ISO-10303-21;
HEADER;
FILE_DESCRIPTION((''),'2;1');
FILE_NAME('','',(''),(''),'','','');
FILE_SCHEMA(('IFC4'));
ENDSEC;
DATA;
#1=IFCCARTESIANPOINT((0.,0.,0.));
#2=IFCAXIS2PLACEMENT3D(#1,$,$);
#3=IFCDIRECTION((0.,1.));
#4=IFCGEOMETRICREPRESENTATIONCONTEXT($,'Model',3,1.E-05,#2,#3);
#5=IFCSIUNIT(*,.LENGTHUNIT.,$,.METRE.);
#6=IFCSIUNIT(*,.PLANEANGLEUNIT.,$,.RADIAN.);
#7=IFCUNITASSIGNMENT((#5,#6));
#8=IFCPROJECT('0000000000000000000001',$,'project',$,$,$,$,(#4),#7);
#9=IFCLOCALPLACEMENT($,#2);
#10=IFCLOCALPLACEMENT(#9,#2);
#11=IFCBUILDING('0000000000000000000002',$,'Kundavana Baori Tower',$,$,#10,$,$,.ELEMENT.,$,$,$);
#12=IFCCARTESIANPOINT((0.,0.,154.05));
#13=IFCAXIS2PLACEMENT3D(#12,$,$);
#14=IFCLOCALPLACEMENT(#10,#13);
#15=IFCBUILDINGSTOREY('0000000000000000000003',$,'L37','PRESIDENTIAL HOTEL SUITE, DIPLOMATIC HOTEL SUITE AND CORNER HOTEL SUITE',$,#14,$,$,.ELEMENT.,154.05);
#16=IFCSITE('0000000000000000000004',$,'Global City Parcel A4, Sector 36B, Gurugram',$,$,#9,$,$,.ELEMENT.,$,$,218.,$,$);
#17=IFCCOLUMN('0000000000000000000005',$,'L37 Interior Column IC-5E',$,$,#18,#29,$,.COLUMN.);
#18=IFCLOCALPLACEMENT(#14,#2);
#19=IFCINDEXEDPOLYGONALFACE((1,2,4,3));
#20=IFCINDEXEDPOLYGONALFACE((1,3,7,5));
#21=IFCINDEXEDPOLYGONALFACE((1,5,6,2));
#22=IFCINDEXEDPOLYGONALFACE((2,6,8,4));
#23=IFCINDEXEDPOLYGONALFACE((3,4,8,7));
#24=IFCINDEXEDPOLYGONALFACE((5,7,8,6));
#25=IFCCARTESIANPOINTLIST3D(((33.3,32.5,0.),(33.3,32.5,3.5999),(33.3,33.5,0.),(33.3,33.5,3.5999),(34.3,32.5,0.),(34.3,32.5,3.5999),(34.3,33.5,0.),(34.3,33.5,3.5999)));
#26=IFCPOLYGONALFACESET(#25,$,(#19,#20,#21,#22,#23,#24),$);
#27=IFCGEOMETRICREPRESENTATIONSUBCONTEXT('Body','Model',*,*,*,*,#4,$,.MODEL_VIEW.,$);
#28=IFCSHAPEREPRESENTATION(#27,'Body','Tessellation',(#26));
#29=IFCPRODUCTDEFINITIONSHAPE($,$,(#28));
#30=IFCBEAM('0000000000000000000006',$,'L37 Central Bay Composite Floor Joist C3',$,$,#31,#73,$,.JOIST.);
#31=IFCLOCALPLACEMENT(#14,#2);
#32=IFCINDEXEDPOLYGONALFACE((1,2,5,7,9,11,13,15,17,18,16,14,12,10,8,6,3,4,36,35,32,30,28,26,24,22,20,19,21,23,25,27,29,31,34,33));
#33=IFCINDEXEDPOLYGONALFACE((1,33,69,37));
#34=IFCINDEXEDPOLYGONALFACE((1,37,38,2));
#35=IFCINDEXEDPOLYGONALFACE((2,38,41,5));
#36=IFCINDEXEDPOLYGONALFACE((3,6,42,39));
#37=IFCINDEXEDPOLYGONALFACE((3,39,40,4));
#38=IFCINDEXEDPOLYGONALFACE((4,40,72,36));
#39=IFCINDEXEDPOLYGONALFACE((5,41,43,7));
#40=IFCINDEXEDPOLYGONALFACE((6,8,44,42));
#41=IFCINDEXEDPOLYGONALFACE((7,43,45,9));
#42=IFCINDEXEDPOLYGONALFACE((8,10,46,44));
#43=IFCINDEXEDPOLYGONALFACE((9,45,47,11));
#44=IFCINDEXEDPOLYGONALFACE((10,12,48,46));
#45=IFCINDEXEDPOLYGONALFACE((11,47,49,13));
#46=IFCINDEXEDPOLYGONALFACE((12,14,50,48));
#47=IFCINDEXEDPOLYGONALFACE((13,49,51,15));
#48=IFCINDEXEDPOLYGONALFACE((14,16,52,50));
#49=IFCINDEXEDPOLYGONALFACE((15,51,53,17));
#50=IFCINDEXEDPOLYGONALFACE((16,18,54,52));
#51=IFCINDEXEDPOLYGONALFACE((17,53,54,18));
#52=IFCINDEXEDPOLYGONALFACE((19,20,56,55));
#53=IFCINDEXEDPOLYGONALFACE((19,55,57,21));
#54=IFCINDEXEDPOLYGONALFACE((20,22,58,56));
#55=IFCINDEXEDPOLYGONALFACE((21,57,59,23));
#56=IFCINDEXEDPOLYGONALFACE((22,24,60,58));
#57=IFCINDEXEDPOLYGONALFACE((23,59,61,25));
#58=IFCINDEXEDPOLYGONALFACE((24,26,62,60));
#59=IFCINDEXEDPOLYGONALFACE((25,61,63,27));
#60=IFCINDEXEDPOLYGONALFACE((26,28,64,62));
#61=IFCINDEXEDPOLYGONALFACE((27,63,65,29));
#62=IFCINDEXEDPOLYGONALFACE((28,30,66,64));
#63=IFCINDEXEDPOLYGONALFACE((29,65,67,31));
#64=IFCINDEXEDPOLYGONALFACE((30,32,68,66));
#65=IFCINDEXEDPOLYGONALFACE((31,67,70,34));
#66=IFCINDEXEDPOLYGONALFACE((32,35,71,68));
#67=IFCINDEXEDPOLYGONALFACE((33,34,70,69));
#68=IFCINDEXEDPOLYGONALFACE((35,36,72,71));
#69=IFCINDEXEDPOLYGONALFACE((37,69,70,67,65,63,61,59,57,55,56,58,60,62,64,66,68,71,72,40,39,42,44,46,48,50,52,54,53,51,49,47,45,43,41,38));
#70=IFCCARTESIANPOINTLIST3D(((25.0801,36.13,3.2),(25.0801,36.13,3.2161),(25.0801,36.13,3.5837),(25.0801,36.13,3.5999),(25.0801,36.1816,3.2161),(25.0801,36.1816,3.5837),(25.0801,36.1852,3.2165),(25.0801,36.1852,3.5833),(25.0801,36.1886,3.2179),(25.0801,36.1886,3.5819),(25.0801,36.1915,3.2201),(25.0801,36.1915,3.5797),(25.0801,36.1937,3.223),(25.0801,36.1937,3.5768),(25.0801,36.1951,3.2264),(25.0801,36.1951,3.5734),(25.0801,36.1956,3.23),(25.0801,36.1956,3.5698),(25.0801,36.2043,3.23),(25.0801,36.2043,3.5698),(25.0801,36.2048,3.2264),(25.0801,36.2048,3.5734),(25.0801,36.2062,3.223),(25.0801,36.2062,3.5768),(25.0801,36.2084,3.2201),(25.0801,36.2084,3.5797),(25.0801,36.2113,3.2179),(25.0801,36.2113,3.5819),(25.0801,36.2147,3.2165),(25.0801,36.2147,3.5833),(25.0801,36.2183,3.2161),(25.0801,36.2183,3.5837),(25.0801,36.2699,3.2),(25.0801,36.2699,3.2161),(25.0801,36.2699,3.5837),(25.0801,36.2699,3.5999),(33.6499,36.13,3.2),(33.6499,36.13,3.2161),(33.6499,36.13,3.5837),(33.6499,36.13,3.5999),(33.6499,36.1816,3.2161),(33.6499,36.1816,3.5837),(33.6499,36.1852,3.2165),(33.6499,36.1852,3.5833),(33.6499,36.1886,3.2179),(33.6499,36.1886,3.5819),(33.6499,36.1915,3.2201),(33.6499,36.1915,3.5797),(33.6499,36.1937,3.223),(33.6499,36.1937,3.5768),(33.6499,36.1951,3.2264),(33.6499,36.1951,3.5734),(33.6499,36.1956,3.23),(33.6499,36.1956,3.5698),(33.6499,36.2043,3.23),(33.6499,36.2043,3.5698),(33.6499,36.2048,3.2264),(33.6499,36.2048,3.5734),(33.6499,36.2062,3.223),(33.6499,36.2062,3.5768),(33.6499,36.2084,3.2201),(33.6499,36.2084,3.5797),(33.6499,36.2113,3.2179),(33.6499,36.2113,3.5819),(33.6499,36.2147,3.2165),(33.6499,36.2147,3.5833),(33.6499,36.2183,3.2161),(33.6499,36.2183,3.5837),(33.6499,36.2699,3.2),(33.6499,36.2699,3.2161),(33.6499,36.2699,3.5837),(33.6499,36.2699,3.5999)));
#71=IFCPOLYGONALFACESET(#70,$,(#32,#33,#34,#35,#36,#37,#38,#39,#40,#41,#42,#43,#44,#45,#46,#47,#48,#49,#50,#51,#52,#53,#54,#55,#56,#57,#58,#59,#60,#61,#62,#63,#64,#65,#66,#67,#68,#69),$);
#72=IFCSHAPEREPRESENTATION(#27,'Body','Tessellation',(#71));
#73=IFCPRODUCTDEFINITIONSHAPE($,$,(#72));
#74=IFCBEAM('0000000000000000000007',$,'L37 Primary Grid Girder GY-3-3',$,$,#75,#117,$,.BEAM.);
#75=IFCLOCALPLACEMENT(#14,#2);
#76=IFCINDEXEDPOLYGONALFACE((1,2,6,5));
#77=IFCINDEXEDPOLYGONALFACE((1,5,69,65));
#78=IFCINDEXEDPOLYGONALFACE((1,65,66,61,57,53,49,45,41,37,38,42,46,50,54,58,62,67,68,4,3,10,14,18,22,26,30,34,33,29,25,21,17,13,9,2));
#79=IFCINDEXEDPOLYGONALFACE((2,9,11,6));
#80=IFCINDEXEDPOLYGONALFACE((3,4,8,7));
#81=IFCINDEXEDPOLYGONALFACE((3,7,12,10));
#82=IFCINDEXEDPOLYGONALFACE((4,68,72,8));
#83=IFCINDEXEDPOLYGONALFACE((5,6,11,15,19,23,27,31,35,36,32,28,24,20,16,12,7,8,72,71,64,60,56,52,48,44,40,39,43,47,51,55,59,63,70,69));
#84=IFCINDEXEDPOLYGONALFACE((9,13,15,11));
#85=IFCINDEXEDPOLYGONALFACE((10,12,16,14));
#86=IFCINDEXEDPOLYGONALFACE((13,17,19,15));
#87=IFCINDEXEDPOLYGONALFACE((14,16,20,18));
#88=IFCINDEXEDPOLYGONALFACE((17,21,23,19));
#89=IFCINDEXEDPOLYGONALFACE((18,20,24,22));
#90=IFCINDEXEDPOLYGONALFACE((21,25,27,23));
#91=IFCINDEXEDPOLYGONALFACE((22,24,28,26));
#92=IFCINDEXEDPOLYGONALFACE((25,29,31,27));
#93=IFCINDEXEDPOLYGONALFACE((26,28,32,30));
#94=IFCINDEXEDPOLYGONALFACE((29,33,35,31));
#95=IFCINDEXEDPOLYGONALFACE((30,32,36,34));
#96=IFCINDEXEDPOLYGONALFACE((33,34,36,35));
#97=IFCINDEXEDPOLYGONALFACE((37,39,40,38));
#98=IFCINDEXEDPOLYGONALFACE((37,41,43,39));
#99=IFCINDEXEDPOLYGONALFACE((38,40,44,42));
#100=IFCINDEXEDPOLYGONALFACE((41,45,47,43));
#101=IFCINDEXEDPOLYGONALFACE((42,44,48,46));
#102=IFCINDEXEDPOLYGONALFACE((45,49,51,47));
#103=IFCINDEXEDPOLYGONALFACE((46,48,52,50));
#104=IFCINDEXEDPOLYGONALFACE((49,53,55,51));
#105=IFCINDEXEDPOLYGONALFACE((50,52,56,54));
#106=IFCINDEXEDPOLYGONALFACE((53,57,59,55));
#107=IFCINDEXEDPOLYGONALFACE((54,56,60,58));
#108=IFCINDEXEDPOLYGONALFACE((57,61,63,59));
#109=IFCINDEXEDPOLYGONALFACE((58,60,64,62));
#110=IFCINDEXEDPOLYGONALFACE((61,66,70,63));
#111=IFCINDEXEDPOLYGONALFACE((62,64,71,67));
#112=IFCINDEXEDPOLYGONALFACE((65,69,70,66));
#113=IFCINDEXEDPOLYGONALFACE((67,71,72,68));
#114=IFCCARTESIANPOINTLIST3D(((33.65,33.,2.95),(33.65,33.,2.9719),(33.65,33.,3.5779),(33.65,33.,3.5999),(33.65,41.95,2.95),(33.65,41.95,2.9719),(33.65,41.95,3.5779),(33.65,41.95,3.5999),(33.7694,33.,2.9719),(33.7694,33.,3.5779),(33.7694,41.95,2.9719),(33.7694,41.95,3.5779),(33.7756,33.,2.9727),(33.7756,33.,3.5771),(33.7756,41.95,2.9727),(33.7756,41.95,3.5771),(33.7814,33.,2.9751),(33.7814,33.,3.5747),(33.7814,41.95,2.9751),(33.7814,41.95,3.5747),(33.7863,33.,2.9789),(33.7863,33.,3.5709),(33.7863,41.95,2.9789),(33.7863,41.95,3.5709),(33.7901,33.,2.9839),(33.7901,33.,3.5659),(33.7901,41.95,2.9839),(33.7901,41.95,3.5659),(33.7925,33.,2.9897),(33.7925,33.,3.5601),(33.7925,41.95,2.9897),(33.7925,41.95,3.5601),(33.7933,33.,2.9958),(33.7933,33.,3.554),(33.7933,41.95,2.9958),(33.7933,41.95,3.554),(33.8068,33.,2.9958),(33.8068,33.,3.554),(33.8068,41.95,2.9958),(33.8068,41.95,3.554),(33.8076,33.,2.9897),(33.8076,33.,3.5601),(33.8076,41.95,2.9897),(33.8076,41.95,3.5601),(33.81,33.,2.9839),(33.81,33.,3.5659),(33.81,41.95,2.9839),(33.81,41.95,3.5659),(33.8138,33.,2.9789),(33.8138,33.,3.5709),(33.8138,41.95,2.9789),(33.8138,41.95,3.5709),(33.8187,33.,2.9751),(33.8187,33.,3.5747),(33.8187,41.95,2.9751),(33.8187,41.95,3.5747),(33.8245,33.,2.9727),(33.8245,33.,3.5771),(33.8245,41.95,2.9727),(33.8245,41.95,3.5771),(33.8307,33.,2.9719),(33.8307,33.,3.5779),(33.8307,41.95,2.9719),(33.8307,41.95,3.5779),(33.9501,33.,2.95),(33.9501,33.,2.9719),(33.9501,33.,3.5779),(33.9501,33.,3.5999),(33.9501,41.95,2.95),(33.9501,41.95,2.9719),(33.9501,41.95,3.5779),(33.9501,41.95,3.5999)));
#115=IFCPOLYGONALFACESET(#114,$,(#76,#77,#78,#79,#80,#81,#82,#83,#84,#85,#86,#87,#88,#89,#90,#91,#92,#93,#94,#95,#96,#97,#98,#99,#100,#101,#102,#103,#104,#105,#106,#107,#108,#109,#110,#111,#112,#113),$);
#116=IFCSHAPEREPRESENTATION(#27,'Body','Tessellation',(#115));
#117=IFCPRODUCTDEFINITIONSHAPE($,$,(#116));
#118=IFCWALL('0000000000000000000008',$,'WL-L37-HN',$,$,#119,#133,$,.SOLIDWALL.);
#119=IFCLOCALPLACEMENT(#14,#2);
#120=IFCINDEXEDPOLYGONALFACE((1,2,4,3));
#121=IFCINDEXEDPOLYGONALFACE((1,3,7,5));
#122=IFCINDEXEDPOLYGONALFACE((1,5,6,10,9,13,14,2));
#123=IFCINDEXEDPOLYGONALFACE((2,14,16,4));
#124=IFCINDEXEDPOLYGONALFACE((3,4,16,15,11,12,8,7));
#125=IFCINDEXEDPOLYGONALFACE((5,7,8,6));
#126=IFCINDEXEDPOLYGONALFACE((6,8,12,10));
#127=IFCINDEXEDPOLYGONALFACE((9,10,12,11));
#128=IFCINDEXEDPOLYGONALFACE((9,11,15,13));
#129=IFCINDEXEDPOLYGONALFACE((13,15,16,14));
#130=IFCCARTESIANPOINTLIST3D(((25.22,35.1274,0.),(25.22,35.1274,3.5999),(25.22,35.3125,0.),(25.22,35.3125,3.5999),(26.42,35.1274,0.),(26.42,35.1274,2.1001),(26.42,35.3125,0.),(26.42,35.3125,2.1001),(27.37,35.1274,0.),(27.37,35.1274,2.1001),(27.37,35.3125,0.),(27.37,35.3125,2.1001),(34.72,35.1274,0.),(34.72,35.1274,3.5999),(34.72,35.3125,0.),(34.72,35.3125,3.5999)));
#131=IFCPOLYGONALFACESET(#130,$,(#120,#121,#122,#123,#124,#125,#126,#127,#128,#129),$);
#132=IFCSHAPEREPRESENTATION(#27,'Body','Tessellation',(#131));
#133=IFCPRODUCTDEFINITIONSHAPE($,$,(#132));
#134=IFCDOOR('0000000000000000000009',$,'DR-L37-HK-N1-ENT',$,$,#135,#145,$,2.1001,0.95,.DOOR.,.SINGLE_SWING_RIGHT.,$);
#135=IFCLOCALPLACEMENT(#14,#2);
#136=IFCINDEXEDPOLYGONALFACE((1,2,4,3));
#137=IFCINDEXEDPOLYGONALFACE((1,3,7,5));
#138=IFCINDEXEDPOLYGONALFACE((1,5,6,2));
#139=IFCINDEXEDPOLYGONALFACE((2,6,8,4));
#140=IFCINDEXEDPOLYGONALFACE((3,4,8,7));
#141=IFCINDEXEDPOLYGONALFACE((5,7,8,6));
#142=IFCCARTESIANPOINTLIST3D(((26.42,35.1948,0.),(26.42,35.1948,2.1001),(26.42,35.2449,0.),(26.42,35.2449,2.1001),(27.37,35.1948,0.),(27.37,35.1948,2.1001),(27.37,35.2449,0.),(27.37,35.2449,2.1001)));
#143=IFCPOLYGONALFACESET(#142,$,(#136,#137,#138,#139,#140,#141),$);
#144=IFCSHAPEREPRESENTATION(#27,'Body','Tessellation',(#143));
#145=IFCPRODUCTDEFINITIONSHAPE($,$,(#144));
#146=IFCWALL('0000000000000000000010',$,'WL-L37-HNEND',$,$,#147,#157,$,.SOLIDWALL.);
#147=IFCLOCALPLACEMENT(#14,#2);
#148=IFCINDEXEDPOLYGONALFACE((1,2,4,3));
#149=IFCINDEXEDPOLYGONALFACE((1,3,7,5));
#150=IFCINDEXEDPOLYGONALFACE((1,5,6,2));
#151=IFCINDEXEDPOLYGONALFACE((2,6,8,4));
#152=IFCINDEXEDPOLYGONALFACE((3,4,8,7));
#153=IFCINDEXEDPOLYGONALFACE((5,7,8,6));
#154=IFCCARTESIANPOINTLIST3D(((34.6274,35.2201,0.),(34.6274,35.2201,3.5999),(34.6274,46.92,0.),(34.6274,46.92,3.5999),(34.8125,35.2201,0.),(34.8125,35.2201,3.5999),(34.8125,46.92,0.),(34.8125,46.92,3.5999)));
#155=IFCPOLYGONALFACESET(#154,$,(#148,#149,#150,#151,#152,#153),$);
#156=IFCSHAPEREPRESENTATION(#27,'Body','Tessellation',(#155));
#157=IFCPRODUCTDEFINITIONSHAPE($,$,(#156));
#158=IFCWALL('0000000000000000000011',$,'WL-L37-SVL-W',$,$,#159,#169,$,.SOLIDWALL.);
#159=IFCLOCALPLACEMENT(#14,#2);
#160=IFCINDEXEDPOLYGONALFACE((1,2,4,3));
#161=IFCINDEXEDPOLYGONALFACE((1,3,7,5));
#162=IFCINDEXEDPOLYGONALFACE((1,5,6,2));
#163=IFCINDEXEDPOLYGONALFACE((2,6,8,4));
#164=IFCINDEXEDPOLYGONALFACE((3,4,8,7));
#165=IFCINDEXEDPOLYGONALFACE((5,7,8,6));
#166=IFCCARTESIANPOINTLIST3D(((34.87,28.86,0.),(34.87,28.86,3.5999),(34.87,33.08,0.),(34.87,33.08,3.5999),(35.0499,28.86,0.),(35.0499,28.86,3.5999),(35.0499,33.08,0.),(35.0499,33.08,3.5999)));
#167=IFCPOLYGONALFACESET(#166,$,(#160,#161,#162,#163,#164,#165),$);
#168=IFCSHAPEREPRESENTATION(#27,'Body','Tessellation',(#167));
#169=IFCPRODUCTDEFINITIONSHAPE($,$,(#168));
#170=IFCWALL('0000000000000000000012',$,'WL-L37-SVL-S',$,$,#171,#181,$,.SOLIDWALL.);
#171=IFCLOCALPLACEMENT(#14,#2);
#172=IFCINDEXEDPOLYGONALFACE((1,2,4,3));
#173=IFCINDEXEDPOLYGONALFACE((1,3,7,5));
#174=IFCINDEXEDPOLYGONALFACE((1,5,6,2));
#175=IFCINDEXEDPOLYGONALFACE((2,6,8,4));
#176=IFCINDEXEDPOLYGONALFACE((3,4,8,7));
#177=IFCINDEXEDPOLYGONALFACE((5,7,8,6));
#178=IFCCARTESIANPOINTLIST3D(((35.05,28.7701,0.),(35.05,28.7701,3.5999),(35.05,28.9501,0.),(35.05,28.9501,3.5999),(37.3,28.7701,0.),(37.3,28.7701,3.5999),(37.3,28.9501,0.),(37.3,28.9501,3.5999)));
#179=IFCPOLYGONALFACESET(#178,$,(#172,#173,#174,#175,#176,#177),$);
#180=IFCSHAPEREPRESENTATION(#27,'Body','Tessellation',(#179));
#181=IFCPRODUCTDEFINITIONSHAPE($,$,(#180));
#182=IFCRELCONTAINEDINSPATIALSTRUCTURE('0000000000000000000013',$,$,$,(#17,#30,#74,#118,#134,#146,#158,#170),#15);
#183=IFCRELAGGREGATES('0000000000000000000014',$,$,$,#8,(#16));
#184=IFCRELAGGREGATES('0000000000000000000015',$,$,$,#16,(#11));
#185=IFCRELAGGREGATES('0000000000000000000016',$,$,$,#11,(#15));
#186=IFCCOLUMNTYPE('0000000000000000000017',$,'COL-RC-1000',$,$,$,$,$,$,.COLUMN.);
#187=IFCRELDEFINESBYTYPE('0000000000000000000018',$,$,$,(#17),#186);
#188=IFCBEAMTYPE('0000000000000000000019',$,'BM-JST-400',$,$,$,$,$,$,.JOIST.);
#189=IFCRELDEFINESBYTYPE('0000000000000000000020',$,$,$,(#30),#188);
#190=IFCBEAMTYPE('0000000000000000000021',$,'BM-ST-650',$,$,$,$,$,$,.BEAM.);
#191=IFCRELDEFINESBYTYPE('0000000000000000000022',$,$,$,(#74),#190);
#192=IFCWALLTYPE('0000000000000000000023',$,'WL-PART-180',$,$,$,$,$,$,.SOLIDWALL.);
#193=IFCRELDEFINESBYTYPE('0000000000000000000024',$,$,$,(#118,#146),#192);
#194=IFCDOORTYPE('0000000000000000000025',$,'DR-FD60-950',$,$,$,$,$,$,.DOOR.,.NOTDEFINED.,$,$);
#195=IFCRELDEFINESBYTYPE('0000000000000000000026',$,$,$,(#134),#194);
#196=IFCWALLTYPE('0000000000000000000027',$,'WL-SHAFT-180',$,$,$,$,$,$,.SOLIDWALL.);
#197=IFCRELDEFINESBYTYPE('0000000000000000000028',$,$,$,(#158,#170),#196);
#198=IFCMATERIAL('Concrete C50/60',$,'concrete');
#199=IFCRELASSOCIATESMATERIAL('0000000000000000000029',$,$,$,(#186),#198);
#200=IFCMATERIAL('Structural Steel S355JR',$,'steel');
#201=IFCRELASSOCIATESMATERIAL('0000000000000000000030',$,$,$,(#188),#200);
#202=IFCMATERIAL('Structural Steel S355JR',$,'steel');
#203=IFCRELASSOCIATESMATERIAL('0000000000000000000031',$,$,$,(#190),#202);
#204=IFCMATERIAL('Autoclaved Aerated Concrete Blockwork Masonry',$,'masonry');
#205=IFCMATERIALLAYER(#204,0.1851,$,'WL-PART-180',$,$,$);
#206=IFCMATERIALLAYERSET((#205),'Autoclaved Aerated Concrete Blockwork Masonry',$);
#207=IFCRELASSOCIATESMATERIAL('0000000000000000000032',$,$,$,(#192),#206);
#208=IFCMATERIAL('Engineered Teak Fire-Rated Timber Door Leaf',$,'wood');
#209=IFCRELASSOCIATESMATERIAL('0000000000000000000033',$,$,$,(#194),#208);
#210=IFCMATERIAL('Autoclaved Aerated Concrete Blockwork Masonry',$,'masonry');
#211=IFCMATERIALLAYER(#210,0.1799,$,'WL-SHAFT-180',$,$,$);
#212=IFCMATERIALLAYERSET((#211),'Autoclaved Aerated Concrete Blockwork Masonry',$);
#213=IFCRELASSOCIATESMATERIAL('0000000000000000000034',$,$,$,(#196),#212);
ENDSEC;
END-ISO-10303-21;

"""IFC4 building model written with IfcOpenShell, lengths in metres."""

from ifc_helpers import new_model, si_unit, direction, frame, frame_2d, origin, origin_2d, place, context, subcontext, project, spatial, rectangle, i_section, extrude, material, layer, layer_set, material_profile, profile_set, type_object, element, fill, save


model = new_model("IFC4")

# Units and contexts
model_context = context("Model", 3, precision=1e-05, world=origin(), true_north=direction((0.0, 1.0)))
body_context = subcontext(model_context, "Body", "Model", "MODEL_VIEW")
ifc_project = project(units=[si_unit("LENGTHUNIT", "METRE"), si_unit("PLANEANGLEUNIT", "RADIAN")], contexts=[model_context])

# Site, building, storey
site_placement = place(None, origin())
site = spatial("IfcSite", under=ifc_project, at=site_placement, Name="Global City Parcel A4, Sector 36B, Gurugram", CompositionType="ELEMENT", RefElevation=218.0)
building_placement = place(site_placement, origin())
building = spatial("IfcBuilding", under=site, at=building_placement, Name="Kundavana Baori Tower", CompositionType="ELEMENT")
storey_placement = place(building_placement, frame((0.0, 0.0, 154.05)))
storey = spatial("IfcBuildingStorey", under=building, at=storey_placement, Name="L37", Description="PRESIDENTIAL HOTEL SUITE, DIPLOMATIC HOTEL SUITE AND CORNER HOTEL SUITE", CompositionType="ELEMENT", Elevation=154.05)

# Column
ifc_material_1 = material(Name="Concrete C50/60", Category="concrete")
ifc_material_profile_1 = material_profile(ifc_material_1, rectangle(XDim=1.0, YDim=1.0, at=origin_2d()), Name="RC 1000x1000")
ifc_profile_set_1 = profile_set([ifc_material_profile_1], Name="Concrete C50/60")
column_type = type_object("IfcColumnType", Name="COL-RC-1000", PredefinedType="COLUMN", material=ifc_profile_set_1)
column_placement = place(storey_placement, frame((33.8, 33.0, 0.0), z_axis=(0.0, 0.0, 1.0), x_axis=(1.0, 0.0, 0.0)))
element("IfcColumn", 1, at=column_placement, inside=storey, type_object=column_type, Name="L37 Interior Column IC-5E", PredefinedType="COLUMN", context=body_context, shape_type="SweptSolid", body=[
    extrude(rectangle(XDim=1.0, YDim=1.0, at=origin_2d()), origin(), (0.0, 0.0, 1.0), 3.5999),
])

# Beams
ifc_material_2 = material(Name="Structural Steel S355JR", Category="steel")
ifc_material_profile_2 = material_profile(ifc_material_2, i_section(OverallWidth=0.1399, OverallDepth=0.3999, WebThickness=0.0088, FlangeThickness=0.0161, FilletRadius=0.0139, at=origin_2d()), Name="ISMB 400")
ifc_profile_set_2 = profile_set([ifc_material_profile_2], Name="Structural Steel S355JR")
beam_type_1 = type_object("IfcBeamType", Name="BM-JST-400", PredefinedType="JOIST", material=ifc_profile_set_2)
beam_1_placement = place(storey_placement, frame((25.0801, 36.2, 3.3999), z_axis=(1.0, 0.0, 0.0), x_axis=(0.0, 1.0, 0.0)))
element("IfcBeam", 2, at=beam_1_placement, inside=storey, type_object=beam_type_1, Name="L37 Central Bay Composite Floor Joist C3", PredefinedType="JOIST", context=body_context, shape_type="SweptSolid", body=[
    extrude(i_section(OverallWidth=0.1399, OverallDepth=0.3999, WebThickness=0.0088, FlangeThickness=0.0161, FilletRadius=0.0139, at=origin_2d()), origin(), (0.0, 0.0, 1.0), 8.5698),
])
ifc_material_3 = material(Name="Structural Steel S355JR", Category="steel")
ifc_material_profile_3 = material_profile(ifc_material_3, i_section(OverallWidth=0.3, OverallDepth=0.6499, WebThickness=0.0134, FlangeThickness=0.022, FilletRadius=0.0239, at=origin_2d()), Name="NPB 650x300x155")
ifc_profile_set_3 = profile_set([ifc_material_profile_3], Name="Structural Steel S355JR")
beam_type_2 = type_object("IfcBeamType", Name="BM-ST-650", PredefinedType="BEAM", material=ifc_profile_set_3)
beam_2_placement = place(storey_placement, frame((33.8, 33.0, 3.2749), z_axis=(0.0, 1.0, 0.0), x_axis=(-1.0, 0.0, 0.0)))
element("IfcBeam", 3, at=beam_2_placement, inside=storey, type_object=beam_type_2, Name="L37 Primary Grid Girder GY-3-3", PredefinedType="BEAM", context=body_context, shape_type="SweptSolid", body=[
    extrude(i_section(OverallWidth=0.3, OverallDepth=0.6499, WebThickness=0.0134, FlangeThickness=0.022, FilletRadius=0.0239, at=origin_2d()), origin(), (0.0, 0.0, 1.0), 8.95),
])

# Wall, opening, door
ifc_material_4 = material(Name="Autoclaved Aerated Concrete Blockwork Masonry", Category="masonry")
ifc_layer_1 = layer(ifc_material_4, 0.1851, Name="WL-PART-180")
ifc_layer_set_1 = layer_set([ifc_layer_1], Name="Autoclaved Aerated Concrete Blockwork Masonry")
wall_type_1 = type_object("IfcWallType", Name="WL-PART-180", PredefinedType="SOLIDWALL", material=ifc_layer_set_1)
wall_1_placement = place(storey_placement, frame((25.22, 35.22, 0.0), z_axis=(0.0, 0.0, 1.0), x_axis=(1.0, 0.0, 0.0)))
wall_1 = element("IfcWall", 4, at=wall_1_placement, inside=storey, type_object=wall_type_1, Name="WL-L37-HN", PredefinedType="SOLIDWALL", context=body_context, shape_type="SweptSolid", body=[
    extrude(rectangle(XDim=9.5, YDim=0.1851, at=frame_2d((4.75, 0.0))), origin(), (0.0, 0.0, 1.0), 3.5999),
])
opening_1_placement = place(wall_1_placement, frame((1.2, 0.0, 0.0)))
opening_1 = element("IfcOpeningElement", 5, at=opening_1_placement, cuts=wall_1, PredefinedType="OPENING", context=body_context, shape_type="SweptSolid", body=[
    extrude(rectangle(XDim=0.95, YDim=2.1001, at=frame_2d((0.4751, 1.05))), frame((0.0, 0.1025, 0.0), z_axis=(0.0, -1.0, 0.0), x_axis=(1.0, 0.0, 0.0)), (0.0, 0.0, 1.0), 0.2051),
])
ifc_material_5 = material(Name="Engineered Teak Fire-Rated Timber Door Leaf", Category="wood")
door_type_1 = type_object("IfcDoorType", Name="DR-FD60-950", OperationType="NOTDEFINED", PredefinedType="DOOR", material=ifc_material_5)
door_1_placement = place(opening_1_placement, origin())
door_1 = element("IfcDoor", 6, at=door_1_placement, inside=storey, type_object=door_type_1, Name="DR-L37-HK-N1-ENT", OperationType="SINGLE_SWING_RIGHT", OverallHeight=2.1001, OverallWidth=0.95, PredefinedType="DOOR", context=body_context, shape_type="SweptSolid", body=[
    extrude(rectangle(XDim=0.95, YDim=2.1001, at=frame_2d((0.4751, 1.05))), frame((0.0, 0.0249, 0.0), z_axis=(0.0, -1.0, 0.0), x_axis=(1.0, 0.0, 0.0)), (0.0, 0.0, 1.0), 0.05),
])
fill(opening_1, door_1)

# Walls
wall_2_placement = place(storey_placement, frame((34.72, 35.22, 0.0), z_axis=(0.0, 0.0, 1.0), x_axis=(0.0, 1.0, 0.0)))
element("IfcWall", 7, at=wall_2_placement, inside=storey, type_object=wall_type_1, Name="WL-L37-HNEND", PredefinedType="SOLIDWALL", context=body_context, shape_type="SweptSolid", body=[
    extrude(rectangle(XDim=11.7, YDim=0.1851, at=frame_2d((5.8501, 0.0))), origin(), (0.0, 0.0, 1.0), 3.5999),
])
ifc_material_6 = material(Name="Autoclaved Aerated Concrete Blockwork Masonry", Category="masonry")
ifc_layer_2 = layer(ifc_material_6, 0.1799, Name="WL-SHAFT-180")
ifc_layer_set_2 = layer_set([ifc_layer_2], Name="Autoclaved Aerated Concrete Blockwork Masonry")
wall_type_2 = type_object("IfcWallType", Name="WL-SHAFT-180", PredefinedType="SOLIDWALL", material=ifc_layer_set_2)
wall_3_placement = place(storey_placement, frame((34.96, 28.8601, 0.0), z_axis=(0.0, 0.0, 1.0), x_axis=(0.0, 1.0, 0.0)))
element("IfcWall", 8, at=wall_3_placement, inside=storey, type_object=wall_type_2, Name="WL-L37-SVL-W", PredefinedType="SOLIDWALL", context=body_context, shape_type="SweptSolid", body=[
    extrude(rectangle(XDim=4.22, YDim=0.1799, at=frame_2d((2.1099, 0.0))), origin(), (0.0, 0.0, 1.0), 3.5999),
])
for number, where, z_axis, x_axis, name in (
    (9, (35.05, 28.8601, 0.0), (0.0, 0.0, 1.0), (1.0, 0.0, 0.0), "WL-L37-SVL-S"),
):
    element("IfcWall", number, at=place(storey_placement, frame(where, z_axis=z_axis, x_axis=x_axis)), inside=storey, type_object=wall_type_2, Name=name, PredefinedType="SOLIDWALL", context=body_context, shape_type="SweptSolid", body=[
        extrude(rectangle(XDim=2.25, YDim=0.1799, at=frame_2d((1.125, 0.0))), origin(), (0.0, 0.0, 1.0), 3.5999),
    ])

save(model, "model.ifc")
